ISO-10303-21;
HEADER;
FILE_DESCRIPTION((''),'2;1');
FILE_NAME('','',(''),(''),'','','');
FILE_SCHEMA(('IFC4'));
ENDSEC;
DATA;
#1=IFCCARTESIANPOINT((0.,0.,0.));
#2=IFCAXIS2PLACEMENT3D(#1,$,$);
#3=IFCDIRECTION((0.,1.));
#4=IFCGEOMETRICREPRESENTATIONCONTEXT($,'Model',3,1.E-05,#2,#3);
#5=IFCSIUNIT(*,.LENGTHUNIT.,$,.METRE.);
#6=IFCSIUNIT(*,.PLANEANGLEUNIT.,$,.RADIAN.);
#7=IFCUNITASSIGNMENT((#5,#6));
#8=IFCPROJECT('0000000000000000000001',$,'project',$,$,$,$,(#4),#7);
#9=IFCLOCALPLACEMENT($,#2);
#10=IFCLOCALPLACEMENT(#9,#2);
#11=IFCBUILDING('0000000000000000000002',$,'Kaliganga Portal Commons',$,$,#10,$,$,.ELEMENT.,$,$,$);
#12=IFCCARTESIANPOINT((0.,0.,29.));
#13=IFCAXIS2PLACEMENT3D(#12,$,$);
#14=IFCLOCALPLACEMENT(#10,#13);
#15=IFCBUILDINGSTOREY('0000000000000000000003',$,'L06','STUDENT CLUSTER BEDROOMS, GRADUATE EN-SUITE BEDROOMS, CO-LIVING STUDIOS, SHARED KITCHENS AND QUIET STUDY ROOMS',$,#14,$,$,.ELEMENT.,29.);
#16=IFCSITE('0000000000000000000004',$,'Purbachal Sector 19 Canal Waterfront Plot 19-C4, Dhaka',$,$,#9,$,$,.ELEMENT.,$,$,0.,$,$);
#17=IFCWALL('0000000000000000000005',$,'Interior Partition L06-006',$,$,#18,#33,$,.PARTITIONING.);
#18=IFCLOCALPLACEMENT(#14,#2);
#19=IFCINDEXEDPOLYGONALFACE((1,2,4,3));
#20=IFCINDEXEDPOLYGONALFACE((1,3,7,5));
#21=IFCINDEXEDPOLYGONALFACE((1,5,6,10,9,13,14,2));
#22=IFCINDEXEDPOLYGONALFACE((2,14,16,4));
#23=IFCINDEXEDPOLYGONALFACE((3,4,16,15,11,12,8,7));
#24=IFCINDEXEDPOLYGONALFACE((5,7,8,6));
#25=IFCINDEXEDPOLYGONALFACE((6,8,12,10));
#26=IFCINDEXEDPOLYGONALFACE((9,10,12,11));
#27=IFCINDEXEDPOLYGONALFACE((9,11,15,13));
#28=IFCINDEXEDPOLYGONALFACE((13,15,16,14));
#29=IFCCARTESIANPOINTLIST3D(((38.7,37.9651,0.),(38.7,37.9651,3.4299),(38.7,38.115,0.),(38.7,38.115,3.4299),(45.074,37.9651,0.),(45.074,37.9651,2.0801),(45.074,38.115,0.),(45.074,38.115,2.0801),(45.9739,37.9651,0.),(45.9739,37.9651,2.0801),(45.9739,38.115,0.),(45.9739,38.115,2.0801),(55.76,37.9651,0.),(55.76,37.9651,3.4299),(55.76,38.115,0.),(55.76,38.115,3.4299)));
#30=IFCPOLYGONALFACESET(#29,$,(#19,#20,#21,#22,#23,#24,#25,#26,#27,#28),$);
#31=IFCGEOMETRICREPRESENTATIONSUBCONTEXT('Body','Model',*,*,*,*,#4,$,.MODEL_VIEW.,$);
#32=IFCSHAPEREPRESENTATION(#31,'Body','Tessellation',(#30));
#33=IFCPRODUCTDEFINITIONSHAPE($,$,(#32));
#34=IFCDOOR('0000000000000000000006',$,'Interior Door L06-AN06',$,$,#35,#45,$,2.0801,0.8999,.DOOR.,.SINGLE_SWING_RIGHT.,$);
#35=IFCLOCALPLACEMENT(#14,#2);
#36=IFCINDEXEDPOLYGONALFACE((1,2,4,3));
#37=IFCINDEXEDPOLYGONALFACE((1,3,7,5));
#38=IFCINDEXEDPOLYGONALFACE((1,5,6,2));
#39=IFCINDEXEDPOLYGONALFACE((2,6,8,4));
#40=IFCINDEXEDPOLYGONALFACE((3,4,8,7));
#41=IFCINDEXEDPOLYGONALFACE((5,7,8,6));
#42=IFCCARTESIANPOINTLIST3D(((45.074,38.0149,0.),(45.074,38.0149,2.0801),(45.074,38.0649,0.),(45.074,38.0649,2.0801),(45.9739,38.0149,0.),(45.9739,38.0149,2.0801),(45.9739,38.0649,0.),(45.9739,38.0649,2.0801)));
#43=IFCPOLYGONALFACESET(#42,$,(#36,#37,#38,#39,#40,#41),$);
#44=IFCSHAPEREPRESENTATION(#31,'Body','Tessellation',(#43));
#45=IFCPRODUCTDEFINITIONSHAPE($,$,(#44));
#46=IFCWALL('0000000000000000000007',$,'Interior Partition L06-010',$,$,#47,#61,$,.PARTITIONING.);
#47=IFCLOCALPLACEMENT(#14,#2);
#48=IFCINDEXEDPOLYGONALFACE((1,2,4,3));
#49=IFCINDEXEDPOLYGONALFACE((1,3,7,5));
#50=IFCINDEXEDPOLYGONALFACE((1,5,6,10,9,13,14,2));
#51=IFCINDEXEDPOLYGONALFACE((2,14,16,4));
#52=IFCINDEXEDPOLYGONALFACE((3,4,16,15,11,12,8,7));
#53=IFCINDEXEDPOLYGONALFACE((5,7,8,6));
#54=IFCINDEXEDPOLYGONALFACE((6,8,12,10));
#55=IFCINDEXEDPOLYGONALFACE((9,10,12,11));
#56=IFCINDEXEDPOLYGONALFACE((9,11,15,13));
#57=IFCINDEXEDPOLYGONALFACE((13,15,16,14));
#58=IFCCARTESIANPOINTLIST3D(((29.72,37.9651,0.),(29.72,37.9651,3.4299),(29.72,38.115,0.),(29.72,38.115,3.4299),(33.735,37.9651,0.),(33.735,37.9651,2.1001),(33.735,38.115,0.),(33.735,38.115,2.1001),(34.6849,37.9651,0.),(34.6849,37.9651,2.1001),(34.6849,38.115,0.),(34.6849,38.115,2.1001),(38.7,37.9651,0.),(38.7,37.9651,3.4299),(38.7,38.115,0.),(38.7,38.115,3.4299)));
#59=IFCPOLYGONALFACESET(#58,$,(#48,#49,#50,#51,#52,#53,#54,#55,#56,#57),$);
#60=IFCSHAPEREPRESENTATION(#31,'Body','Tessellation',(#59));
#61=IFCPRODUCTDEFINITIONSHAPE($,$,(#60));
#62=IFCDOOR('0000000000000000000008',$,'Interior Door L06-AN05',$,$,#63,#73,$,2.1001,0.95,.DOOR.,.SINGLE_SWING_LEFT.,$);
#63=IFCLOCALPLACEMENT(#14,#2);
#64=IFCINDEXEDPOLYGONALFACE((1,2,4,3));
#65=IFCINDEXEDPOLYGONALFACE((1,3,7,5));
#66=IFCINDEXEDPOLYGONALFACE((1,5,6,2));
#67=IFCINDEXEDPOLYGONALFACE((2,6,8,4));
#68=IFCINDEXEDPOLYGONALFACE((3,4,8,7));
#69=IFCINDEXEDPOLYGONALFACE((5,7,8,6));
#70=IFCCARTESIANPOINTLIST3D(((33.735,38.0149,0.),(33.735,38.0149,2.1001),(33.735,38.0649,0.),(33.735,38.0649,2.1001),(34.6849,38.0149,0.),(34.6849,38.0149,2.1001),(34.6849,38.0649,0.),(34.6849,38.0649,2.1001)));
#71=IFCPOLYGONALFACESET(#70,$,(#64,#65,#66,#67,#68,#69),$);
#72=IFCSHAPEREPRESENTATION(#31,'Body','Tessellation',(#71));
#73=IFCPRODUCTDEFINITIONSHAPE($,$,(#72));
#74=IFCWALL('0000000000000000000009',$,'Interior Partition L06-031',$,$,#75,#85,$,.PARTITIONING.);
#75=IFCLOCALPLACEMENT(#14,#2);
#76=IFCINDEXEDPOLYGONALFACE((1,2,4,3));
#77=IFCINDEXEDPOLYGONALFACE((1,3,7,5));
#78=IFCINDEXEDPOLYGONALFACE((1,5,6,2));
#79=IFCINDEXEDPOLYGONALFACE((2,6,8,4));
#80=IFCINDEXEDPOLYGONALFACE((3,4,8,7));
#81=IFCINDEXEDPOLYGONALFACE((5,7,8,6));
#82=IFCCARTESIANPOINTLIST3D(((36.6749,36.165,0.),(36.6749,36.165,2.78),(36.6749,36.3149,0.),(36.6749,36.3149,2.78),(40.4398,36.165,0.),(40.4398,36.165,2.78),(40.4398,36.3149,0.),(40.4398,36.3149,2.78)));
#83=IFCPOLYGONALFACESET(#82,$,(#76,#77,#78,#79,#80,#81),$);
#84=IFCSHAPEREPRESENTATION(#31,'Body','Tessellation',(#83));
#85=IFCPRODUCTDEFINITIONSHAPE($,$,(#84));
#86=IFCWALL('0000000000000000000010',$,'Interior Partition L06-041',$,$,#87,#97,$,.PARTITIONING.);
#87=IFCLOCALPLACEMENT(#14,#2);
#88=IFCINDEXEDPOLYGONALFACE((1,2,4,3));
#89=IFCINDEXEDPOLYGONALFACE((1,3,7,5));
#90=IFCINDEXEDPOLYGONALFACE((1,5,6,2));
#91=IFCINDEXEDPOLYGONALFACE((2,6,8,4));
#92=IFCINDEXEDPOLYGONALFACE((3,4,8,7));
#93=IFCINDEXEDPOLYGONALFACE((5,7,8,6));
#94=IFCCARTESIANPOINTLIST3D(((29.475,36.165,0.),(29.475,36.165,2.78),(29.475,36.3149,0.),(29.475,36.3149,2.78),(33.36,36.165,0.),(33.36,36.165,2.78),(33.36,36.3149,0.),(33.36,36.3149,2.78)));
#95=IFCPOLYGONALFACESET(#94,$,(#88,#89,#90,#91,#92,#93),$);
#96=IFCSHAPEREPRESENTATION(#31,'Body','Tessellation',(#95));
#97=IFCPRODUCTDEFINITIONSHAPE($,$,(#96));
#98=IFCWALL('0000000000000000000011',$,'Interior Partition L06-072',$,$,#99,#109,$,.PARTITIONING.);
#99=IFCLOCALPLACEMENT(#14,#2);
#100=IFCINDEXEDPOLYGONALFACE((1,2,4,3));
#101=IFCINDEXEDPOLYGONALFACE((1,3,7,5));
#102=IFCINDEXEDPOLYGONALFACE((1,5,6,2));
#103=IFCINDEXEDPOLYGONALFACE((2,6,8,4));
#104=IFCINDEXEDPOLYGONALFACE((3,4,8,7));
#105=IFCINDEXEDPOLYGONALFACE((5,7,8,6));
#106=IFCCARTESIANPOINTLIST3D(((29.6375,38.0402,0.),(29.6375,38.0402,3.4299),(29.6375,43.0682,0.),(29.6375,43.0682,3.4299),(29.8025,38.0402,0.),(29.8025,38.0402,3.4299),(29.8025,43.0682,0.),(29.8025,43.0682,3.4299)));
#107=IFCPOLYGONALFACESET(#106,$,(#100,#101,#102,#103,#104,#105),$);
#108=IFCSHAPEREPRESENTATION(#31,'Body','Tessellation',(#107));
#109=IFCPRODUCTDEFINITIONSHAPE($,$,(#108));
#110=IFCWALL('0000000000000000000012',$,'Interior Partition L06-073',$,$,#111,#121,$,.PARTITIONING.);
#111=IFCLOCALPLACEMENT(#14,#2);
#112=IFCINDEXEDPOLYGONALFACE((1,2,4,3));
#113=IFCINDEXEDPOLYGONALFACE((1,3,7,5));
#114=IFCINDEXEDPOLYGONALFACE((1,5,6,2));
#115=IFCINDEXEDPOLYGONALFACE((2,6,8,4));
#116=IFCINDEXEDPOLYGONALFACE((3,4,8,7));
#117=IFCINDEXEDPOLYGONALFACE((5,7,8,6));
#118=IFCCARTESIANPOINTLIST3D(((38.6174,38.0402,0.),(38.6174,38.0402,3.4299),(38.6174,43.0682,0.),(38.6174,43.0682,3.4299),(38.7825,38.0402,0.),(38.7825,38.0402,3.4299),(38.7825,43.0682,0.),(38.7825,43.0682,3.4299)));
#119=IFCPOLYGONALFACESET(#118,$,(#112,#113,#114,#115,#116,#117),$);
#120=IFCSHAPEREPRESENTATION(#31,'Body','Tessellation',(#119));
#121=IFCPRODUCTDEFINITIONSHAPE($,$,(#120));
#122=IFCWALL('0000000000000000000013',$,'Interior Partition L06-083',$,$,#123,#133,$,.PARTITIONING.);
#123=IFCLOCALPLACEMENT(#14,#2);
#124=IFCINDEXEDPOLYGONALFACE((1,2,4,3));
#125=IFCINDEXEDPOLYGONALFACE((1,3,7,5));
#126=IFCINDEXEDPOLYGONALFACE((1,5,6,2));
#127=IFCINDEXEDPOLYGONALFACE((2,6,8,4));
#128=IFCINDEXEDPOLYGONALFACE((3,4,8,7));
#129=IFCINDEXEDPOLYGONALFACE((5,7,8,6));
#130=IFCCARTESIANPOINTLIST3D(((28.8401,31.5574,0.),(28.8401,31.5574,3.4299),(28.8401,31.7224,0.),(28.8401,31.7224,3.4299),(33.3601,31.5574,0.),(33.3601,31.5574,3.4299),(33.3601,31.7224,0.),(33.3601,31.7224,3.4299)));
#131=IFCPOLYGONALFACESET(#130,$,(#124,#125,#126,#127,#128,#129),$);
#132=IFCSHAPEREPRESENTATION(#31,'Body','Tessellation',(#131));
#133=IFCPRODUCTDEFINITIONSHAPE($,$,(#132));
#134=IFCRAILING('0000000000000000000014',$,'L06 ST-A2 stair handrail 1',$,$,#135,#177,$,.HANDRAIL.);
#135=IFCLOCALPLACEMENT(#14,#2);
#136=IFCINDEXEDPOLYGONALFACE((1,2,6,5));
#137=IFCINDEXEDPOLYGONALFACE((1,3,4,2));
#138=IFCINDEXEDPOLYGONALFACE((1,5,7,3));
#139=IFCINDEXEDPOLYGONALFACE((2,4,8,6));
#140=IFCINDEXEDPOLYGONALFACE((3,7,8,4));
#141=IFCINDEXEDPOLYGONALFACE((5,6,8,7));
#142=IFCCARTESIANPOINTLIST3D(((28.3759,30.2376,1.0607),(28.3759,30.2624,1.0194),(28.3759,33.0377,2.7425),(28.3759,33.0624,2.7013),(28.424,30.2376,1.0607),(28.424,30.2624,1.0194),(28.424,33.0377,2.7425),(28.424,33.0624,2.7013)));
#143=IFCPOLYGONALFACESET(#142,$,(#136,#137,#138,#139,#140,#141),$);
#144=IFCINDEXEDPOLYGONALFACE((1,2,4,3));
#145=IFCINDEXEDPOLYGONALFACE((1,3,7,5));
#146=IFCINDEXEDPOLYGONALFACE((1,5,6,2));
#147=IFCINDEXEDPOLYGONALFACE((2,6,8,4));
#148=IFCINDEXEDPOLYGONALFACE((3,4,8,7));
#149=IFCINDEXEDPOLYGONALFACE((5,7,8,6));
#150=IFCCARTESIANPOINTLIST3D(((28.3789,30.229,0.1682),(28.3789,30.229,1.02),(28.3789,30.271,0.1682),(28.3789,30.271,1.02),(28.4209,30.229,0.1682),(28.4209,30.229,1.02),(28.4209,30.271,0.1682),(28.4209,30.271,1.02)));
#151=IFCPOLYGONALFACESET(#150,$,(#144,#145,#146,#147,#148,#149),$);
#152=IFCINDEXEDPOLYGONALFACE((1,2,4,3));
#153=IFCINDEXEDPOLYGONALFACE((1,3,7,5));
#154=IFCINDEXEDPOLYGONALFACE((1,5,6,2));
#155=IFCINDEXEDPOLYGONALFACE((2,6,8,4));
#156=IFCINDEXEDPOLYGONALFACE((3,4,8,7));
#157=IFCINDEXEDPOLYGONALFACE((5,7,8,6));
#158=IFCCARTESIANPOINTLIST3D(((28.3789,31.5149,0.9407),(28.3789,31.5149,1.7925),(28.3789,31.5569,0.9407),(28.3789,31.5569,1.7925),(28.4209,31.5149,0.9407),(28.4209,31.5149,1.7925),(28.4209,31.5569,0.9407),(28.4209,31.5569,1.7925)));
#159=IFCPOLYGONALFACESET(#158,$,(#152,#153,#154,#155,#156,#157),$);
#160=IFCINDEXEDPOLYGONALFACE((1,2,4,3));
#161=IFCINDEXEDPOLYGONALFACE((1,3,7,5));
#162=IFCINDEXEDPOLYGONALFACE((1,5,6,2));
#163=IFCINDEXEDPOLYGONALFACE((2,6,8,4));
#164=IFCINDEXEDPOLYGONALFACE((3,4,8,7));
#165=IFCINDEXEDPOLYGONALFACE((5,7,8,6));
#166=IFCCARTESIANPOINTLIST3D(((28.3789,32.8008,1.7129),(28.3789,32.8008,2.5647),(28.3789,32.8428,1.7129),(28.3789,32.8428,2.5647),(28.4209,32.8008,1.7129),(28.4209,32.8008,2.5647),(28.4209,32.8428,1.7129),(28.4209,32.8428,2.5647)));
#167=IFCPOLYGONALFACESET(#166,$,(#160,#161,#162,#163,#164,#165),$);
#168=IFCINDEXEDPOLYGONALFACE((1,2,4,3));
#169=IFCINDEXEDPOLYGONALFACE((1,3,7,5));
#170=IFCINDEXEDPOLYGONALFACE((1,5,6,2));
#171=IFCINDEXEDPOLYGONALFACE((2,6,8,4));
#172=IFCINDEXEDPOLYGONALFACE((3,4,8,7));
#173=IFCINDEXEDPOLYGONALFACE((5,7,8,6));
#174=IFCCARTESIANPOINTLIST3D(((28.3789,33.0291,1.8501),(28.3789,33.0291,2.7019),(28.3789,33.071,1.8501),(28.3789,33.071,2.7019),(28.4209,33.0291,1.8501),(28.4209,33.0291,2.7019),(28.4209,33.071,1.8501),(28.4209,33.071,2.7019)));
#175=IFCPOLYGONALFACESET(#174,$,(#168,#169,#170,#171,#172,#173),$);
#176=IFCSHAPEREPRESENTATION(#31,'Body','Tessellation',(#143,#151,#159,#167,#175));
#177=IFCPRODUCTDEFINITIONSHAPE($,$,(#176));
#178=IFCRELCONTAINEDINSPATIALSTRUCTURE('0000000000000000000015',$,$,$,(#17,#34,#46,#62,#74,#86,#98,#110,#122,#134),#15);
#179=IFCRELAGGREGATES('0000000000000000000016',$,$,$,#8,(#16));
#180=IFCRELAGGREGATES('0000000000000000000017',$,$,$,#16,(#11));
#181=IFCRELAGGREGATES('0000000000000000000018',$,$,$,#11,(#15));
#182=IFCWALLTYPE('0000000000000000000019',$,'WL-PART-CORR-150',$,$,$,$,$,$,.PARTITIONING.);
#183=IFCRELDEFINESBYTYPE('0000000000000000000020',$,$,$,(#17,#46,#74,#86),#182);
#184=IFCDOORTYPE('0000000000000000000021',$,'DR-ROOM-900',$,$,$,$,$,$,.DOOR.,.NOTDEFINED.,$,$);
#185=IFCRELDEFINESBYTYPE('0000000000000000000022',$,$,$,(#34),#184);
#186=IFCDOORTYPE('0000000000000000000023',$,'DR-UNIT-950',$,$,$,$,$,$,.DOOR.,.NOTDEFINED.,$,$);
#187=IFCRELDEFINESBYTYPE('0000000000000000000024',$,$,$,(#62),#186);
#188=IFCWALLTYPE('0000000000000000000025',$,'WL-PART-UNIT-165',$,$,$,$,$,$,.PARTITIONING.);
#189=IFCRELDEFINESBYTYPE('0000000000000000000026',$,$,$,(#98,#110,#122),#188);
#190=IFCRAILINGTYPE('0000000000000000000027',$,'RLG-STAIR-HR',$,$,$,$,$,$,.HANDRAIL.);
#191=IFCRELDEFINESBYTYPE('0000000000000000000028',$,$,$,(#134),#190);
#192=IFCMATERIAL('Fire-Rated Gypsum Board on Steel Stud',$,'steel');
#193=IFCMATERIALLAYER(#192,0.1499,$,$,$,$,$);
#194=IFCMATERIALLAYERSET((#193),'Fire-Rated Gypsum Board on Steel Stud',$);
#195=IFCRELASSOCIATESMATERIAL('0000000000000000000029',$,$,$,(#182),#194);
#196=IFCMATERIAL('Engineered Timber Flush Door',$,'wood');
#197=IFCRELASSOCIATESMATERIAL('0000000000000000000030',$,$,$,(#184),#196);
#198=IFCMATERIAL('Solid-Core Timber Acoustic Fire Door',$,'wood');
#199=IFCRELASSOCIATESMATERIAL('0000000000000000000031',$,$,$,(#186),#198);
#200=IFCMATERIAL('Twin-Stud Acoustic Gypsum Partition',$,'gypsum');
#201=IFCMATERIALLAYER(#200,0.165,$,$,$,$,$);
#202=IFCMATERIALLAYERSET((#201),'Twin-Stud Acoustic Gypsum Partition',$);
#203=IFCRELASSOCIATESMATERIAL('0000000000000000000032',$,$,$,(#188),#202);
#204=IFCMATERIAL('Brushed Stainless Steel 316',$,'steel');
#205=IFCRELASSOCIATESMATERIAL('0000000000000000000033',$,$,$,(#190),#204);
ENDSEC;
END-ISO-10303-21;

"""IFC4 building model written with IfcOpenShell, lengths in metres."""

from ifc_helpers import new_model, si_unit, direction, frame, frame_2d, origin, origin_2d, place, context, subcontext, project, spatial, rectangle, extrude, material, layer, layer_set, type_object, element, fill, save


model = new_model("IFC4")

# Units and contexts
model_context = context("Model", 3, precision=1e-05, world=origin(), true_north=direction((0.0, 1.0)))
body_context = subcontext(model_context, "Body", "Model", "MODEL_VIEW")
ifc_project = project(units=[si_unit("LENGTHUNIT", "METRE"), si_unit("PLANEANGLEUNIT", "RADIAN")], contexts=[model_context])

# Site, building, storey
site_placement = place(None, origin())
site = spatial("IfcSite", under=ifc_project, at=site_placement, Name="Purbachal Sector 19 Canal Waterfront Plot 19-C4, Dhaka", CompositionType="ELEMENT", RefElevation=0.0)
building_placement = place(site_placement, origin())
building = spatial("IfcBuilding", under=site, at=building_placement, Name="Kaliganga Portal Commons", CompositionType="ELEMENT")
storey_placement = place(building_placement, frame((0.0, 0.0, 29.0)))
storey = spatial("IfcBuildingStorey", under=building, at=storey_placement, Name="L06", Description="STUDENT CLUSTER BEDROOMS, GRADUATE EN-SUITE BEDROOMS, CO-LIVING STUDIOS, SHARED KITCHENS AND QUIET STUDY ROOMS", CompositionType="ELEMENT", Elevation=29.0)

# Walls, openings, doors
ifc_material_1 = material(Name="Fire-Rated Gypsum Board on Steel Stud", Category="steel")
ifc_layer_1 = layer(ifc_material_1, 0.1499)
ifc_layer_set_1 = layer_set([ifc_layer_1], Name="Fire-Rated Gypsum Board on Steel Stud")
wall_type_1 = type_object("IfcWallType", Name="WL-PART-CORR-150", PredefinedType="PARTITIONING", material=ifc_layer_set_1)
wall_1_placement = place(storey_placement, frame((38.7, 38.04, 0.0), z_axis=(0.0, 0.0, 1.0), x_axis=(1.0, 0.0, 0.0)))
wall_1 = element("IfcWall", 1, at=wall_1_placement, inside=storey, type_object=wall_type_1, Name="Interior Partition L06-006", PredefinedType="PARTITIONING", context=body_context, shape_type="SweptSolid", body=[
    extrude(rectangle(XDim=17.0601, YDim=0.1499, at=frame_2d((8.53, 0.0))), origin(), (0.0, 0.0, 1.0), 3.4299),
])
opening_1_placement = place(wall_1_placement, frame((6.374, 0.0, 0.0)))
opening_1 = element("IfcOpeningElement", 2, at=opening_1_placement, cuts=wall_1, PredefinedType="OPENING", context=body_context, shape_type="SweptSolid", body=[
    extrude(rectangle(XDim=0.8999, YDim=2.0801, at=frame_2d((0.45, 1.04))), frame((0.0, 0.085, 0.0), z_axis=(0.0, -1.0, 0.0), x_axis=(1.0, 0.0, 0.0)), (0.0, 0.0, 1.0), 0.1699),
])
ifc_material_2 = material(Name="Engineered Timber Flush Door", Category="wood")
door_type_1 = type_object("IfcDoorType", Name="DR-ROOM-900", OperationType="NOTDEFINED", PredefinedType="DOOR", material=ifc_material_2)
door_1_placement = place(opening_1_placement, origin())
door_1 = element("IfcDoor", 3, at=door_1_placement, inside=storey, type_object=door_type_1, Name="Interior Door L06-AN06", OperationType="SINGLE_SWING_RIGHT", OverallHeight=2.0801, OverallWidth=0.8999, PredefinedType="DOOR", context=body_context, shape_type="SweptSolid", body=[
    extrude(rectangle(XDim=0.8999, YDim=2.0801, at=frame_2d((0.45, 1.04))), frame((0.0, 0.0249, 0.0), z_axis=(0.0, -1.0, 0.0), x_axis=(1.0, 0.0, 0.0)), (0.0, 0.0, 1.0), 0.05),
])
fill(opening_1, door_1)
wall_2_placement = place(storey_placement, frame((29.72, 38.04, 0.0), z_axis=(0.0, 0.0, 1.0), x_axis=(1.0, 0.0, 0.0)))
wall_2 = element("IfcWall", 4, at=wall_2_placement, inside=storey, type_object=wall_type_1, Name="Interior Partition L06-010", PredefinedType="PARTITIONING", context=body_context, shape_type="SweptSolid", body=[
    extrude(rectangle(XDim=8.98, YDim=0.1499, at=frame_2d((4.49, 0.0))), origin(), (0.0, 0.0, 1.0), 3.4299),
])
opening_2_placement = place(wall_2_placement, frame((4.0149, 0.0, 0.0)))
opening_2 = element("IfcOpeningElement", 5, at=opening_2_placement, cuts=wall_2, PredefinedType="OPENING", context=body_context, shape_type="SweptSolid", body=[
    extrude(rectangle(XDim=0.95, YDim=2.1001, at=frame_2d((0.4751, 1.05))), frame((0.0, 0.085, 0.0), z_axis=(0.0, -1.0, 0.0), x_axis=(1.0, 0.0, 0.0)), (0.0, 0.0, 1.0), 0.1699),
])
ifc_material_3 = material(Name="Solid-Core Timber Acoustic Fire Door", Category="wood")
door_type_2 = type_object("IfcDoorType", Name="DR-UNIT-950", OperationType="NOTDEFINED", PredefinedType="DOOR", material=ifc_material_3)
door_2_placement = place(opening_2_placement, origin())
door_2 = element("IfcDoor", 6, at=door_2_placement, inside=storey, type_object=door_type_2, Name="Interior Door L06-AN05", OperationType="SINGLE_SWING_LEFT", OverallHeight=2.1001, OverallWidth=0.95, PredefinedType="DOOR", context=body_context, shape_type="SweptSolid", body=[
    extrude(rectangle(XDim=0.95, YDim=2.1001, at=frame_2d((0.4751, 1.05))), frame((0.0, 0.0249, 0.0), z_axis=(0.0, -1.0, 0.0), x_axis=(1.0, 0.0, 0.0)), (0.0, 0.0, 1.0), 0.05),
])
fill(opening_2, door_2)

# Wall
wall_3_placement = place(storey_placement, frame((36.675, 36.24, 0.0), z_axis=(0.0, 0.0, 1.0), x_axis=(1.0, 0.0, 0.0)))
element("IfcWall", 7, at=wall_3_placement, inside=storey, type_object=wall_type_1, Name="Interior Partition L06-031", PredefinedType="PARTITIONING", context=body_context, shape_type="SweptSolid", body=[
    extrude(rectangle(XDim=3.7649, YDim=0.1499, at=frame_2d((1.8823, 0.0))), origin(), (0.0, 0.0, 1.0), 2.78),
])

# Walls
wall_4_placement = place(storey_placement, frame((29.4751, 36.24, 0.0), z_axis=(0.0, 0.0, 1.0), x_axis=(1.0, 0.0, 0.0)))
element("IfcWall", 8, at=wall_4_placement, inside=storey, type_object=wall_type_1, Name="Interior Partition L06-041", PredefinedType="PARTITIONING", context=body_context, shape_type="SweptSolid", body=[
    extrude(rectangle(XDim=3.885, YDim=0.1499, at=frame_2d((1.9424, 0.0))), origin(), (0.0, 0.0, 1.0), 2.78),
])
ifc_material_4 = material(Name="Twin-Stud Acoustic Gypsum Partition", Category="gypsum")
ifc_layer_2 = layer(ifc_material_4, 0.165)
ifc_layer_set_2 = layer_set([ifc_layer_2], Name="Twin-Stud Acoustic Gypsum Partition")
wall_type_2 = type_object("IfcWallType", Name="WL-PART-UNIT-165", PredefinedType="PARTITIONING", material=ifc_layer_set_2)
for number, where, z_axis, x_axis, name in (
    (9, (29.72, 38.04, 0.0), (0.0, 0.0, 1.0), (0.0, 1.0, 0.0), "Interior Partition L06-072"),
    (10, (38.7, 38.04, 0.0), (0.0, 0.0, 1.0), (0.0, 1.0, 0.0), "Interior Partition L06-073"),
):
    element("IfcWall", number, at=place(storey_placement, frame(where, z_axis=z_axis, x_axis=x_axis)), inside=storey, type_object=wall_type_2, Name=name, PredefinedType="PARTITIONING", context=body_context, shape_type="SweptSolid", body=[
        extrude(rectangle(XDim=5.0281, YDim=0.165, at=frame_2d((2.5142, 0.0))), origin(), (0.0, 0.0, 1.0), 3.4299),
    ])
wall_5_placement = place(storey_placement, frame((28.8401, 31.6399, 0.0), z_axis=(0.0, 0.0, 1.0), x_axis=(1.0, 0.0, 0.0)))
element("IfcWall", 11, at=wall_5_placement, inside=storey, type_object=wall_type_2, Name="Interior Partition L06-083", PredefinedType="PARTITIONING", context=body_context, shape_type="SweptSolid", body=[
    extrude(rectangle(XDim=4.52, YDim=0.165, at=frame_2d((2.26, 0.0))), origin(), (0.0, 0.0, 1.0), 3.4299),
])

# Railing
ifc_material_5 = material(Name="Brushed Stainless Steel 316", Category="steel")
railing_type = type_object("IfcRailingType", Name="RLG-STAIR-HR", PredefinedType="HANDRAIL", material=ifc_material_5)
railing_placement = place(storey_placement, frame((28.3999, 30.25, 0.1682)))
element("IfcRailing", 12, at=railing_placement, inside=storey, type_object=railing_type, Name="L06 ST-A2 stair handrail 1", PredefinedType="HANDRAIL", context=body_context, shape_type="SweptSolid", body=[
    extrude(rectangle(XDim=0.0481, YDim=0.0481, at=origin_2d()), frame((0.0, 0.0, 0.8718), z_axis=(0.0, 0.857242, 0.514913), x_axis=(-1.0, 0.0, 0.0)), (0.0, 0.0, 1.0), 3.2664),
    extrude(rectangle(XDim=0.042, YDim=0.042, at=origin_2d()), origin(), (0.0, 0.0, 1.0), 0.8518),
    extrude(rectangle(XDim=0.042, YDim=0.042, at=origin_2d()), frame((0.0, 1.2859, 0.7725)), (0.0, 0.0, 1.0), 0.8518),
    extrude(rectangle(XDim=0.042, YDim=0.042, at=origin_2d()), frame((0.0, 2.5718, 1.5447)), (0.0, 0.0, 1.0), 0.8518),
    extrude(rectangle(XDim=0.042, YDim=0.042, at=origin_2d()), frame((0.0, 2.8, 1.6819)), (0.0, 0.0, 1.0), 0.8518),
])

save(model, "model.ifc")
